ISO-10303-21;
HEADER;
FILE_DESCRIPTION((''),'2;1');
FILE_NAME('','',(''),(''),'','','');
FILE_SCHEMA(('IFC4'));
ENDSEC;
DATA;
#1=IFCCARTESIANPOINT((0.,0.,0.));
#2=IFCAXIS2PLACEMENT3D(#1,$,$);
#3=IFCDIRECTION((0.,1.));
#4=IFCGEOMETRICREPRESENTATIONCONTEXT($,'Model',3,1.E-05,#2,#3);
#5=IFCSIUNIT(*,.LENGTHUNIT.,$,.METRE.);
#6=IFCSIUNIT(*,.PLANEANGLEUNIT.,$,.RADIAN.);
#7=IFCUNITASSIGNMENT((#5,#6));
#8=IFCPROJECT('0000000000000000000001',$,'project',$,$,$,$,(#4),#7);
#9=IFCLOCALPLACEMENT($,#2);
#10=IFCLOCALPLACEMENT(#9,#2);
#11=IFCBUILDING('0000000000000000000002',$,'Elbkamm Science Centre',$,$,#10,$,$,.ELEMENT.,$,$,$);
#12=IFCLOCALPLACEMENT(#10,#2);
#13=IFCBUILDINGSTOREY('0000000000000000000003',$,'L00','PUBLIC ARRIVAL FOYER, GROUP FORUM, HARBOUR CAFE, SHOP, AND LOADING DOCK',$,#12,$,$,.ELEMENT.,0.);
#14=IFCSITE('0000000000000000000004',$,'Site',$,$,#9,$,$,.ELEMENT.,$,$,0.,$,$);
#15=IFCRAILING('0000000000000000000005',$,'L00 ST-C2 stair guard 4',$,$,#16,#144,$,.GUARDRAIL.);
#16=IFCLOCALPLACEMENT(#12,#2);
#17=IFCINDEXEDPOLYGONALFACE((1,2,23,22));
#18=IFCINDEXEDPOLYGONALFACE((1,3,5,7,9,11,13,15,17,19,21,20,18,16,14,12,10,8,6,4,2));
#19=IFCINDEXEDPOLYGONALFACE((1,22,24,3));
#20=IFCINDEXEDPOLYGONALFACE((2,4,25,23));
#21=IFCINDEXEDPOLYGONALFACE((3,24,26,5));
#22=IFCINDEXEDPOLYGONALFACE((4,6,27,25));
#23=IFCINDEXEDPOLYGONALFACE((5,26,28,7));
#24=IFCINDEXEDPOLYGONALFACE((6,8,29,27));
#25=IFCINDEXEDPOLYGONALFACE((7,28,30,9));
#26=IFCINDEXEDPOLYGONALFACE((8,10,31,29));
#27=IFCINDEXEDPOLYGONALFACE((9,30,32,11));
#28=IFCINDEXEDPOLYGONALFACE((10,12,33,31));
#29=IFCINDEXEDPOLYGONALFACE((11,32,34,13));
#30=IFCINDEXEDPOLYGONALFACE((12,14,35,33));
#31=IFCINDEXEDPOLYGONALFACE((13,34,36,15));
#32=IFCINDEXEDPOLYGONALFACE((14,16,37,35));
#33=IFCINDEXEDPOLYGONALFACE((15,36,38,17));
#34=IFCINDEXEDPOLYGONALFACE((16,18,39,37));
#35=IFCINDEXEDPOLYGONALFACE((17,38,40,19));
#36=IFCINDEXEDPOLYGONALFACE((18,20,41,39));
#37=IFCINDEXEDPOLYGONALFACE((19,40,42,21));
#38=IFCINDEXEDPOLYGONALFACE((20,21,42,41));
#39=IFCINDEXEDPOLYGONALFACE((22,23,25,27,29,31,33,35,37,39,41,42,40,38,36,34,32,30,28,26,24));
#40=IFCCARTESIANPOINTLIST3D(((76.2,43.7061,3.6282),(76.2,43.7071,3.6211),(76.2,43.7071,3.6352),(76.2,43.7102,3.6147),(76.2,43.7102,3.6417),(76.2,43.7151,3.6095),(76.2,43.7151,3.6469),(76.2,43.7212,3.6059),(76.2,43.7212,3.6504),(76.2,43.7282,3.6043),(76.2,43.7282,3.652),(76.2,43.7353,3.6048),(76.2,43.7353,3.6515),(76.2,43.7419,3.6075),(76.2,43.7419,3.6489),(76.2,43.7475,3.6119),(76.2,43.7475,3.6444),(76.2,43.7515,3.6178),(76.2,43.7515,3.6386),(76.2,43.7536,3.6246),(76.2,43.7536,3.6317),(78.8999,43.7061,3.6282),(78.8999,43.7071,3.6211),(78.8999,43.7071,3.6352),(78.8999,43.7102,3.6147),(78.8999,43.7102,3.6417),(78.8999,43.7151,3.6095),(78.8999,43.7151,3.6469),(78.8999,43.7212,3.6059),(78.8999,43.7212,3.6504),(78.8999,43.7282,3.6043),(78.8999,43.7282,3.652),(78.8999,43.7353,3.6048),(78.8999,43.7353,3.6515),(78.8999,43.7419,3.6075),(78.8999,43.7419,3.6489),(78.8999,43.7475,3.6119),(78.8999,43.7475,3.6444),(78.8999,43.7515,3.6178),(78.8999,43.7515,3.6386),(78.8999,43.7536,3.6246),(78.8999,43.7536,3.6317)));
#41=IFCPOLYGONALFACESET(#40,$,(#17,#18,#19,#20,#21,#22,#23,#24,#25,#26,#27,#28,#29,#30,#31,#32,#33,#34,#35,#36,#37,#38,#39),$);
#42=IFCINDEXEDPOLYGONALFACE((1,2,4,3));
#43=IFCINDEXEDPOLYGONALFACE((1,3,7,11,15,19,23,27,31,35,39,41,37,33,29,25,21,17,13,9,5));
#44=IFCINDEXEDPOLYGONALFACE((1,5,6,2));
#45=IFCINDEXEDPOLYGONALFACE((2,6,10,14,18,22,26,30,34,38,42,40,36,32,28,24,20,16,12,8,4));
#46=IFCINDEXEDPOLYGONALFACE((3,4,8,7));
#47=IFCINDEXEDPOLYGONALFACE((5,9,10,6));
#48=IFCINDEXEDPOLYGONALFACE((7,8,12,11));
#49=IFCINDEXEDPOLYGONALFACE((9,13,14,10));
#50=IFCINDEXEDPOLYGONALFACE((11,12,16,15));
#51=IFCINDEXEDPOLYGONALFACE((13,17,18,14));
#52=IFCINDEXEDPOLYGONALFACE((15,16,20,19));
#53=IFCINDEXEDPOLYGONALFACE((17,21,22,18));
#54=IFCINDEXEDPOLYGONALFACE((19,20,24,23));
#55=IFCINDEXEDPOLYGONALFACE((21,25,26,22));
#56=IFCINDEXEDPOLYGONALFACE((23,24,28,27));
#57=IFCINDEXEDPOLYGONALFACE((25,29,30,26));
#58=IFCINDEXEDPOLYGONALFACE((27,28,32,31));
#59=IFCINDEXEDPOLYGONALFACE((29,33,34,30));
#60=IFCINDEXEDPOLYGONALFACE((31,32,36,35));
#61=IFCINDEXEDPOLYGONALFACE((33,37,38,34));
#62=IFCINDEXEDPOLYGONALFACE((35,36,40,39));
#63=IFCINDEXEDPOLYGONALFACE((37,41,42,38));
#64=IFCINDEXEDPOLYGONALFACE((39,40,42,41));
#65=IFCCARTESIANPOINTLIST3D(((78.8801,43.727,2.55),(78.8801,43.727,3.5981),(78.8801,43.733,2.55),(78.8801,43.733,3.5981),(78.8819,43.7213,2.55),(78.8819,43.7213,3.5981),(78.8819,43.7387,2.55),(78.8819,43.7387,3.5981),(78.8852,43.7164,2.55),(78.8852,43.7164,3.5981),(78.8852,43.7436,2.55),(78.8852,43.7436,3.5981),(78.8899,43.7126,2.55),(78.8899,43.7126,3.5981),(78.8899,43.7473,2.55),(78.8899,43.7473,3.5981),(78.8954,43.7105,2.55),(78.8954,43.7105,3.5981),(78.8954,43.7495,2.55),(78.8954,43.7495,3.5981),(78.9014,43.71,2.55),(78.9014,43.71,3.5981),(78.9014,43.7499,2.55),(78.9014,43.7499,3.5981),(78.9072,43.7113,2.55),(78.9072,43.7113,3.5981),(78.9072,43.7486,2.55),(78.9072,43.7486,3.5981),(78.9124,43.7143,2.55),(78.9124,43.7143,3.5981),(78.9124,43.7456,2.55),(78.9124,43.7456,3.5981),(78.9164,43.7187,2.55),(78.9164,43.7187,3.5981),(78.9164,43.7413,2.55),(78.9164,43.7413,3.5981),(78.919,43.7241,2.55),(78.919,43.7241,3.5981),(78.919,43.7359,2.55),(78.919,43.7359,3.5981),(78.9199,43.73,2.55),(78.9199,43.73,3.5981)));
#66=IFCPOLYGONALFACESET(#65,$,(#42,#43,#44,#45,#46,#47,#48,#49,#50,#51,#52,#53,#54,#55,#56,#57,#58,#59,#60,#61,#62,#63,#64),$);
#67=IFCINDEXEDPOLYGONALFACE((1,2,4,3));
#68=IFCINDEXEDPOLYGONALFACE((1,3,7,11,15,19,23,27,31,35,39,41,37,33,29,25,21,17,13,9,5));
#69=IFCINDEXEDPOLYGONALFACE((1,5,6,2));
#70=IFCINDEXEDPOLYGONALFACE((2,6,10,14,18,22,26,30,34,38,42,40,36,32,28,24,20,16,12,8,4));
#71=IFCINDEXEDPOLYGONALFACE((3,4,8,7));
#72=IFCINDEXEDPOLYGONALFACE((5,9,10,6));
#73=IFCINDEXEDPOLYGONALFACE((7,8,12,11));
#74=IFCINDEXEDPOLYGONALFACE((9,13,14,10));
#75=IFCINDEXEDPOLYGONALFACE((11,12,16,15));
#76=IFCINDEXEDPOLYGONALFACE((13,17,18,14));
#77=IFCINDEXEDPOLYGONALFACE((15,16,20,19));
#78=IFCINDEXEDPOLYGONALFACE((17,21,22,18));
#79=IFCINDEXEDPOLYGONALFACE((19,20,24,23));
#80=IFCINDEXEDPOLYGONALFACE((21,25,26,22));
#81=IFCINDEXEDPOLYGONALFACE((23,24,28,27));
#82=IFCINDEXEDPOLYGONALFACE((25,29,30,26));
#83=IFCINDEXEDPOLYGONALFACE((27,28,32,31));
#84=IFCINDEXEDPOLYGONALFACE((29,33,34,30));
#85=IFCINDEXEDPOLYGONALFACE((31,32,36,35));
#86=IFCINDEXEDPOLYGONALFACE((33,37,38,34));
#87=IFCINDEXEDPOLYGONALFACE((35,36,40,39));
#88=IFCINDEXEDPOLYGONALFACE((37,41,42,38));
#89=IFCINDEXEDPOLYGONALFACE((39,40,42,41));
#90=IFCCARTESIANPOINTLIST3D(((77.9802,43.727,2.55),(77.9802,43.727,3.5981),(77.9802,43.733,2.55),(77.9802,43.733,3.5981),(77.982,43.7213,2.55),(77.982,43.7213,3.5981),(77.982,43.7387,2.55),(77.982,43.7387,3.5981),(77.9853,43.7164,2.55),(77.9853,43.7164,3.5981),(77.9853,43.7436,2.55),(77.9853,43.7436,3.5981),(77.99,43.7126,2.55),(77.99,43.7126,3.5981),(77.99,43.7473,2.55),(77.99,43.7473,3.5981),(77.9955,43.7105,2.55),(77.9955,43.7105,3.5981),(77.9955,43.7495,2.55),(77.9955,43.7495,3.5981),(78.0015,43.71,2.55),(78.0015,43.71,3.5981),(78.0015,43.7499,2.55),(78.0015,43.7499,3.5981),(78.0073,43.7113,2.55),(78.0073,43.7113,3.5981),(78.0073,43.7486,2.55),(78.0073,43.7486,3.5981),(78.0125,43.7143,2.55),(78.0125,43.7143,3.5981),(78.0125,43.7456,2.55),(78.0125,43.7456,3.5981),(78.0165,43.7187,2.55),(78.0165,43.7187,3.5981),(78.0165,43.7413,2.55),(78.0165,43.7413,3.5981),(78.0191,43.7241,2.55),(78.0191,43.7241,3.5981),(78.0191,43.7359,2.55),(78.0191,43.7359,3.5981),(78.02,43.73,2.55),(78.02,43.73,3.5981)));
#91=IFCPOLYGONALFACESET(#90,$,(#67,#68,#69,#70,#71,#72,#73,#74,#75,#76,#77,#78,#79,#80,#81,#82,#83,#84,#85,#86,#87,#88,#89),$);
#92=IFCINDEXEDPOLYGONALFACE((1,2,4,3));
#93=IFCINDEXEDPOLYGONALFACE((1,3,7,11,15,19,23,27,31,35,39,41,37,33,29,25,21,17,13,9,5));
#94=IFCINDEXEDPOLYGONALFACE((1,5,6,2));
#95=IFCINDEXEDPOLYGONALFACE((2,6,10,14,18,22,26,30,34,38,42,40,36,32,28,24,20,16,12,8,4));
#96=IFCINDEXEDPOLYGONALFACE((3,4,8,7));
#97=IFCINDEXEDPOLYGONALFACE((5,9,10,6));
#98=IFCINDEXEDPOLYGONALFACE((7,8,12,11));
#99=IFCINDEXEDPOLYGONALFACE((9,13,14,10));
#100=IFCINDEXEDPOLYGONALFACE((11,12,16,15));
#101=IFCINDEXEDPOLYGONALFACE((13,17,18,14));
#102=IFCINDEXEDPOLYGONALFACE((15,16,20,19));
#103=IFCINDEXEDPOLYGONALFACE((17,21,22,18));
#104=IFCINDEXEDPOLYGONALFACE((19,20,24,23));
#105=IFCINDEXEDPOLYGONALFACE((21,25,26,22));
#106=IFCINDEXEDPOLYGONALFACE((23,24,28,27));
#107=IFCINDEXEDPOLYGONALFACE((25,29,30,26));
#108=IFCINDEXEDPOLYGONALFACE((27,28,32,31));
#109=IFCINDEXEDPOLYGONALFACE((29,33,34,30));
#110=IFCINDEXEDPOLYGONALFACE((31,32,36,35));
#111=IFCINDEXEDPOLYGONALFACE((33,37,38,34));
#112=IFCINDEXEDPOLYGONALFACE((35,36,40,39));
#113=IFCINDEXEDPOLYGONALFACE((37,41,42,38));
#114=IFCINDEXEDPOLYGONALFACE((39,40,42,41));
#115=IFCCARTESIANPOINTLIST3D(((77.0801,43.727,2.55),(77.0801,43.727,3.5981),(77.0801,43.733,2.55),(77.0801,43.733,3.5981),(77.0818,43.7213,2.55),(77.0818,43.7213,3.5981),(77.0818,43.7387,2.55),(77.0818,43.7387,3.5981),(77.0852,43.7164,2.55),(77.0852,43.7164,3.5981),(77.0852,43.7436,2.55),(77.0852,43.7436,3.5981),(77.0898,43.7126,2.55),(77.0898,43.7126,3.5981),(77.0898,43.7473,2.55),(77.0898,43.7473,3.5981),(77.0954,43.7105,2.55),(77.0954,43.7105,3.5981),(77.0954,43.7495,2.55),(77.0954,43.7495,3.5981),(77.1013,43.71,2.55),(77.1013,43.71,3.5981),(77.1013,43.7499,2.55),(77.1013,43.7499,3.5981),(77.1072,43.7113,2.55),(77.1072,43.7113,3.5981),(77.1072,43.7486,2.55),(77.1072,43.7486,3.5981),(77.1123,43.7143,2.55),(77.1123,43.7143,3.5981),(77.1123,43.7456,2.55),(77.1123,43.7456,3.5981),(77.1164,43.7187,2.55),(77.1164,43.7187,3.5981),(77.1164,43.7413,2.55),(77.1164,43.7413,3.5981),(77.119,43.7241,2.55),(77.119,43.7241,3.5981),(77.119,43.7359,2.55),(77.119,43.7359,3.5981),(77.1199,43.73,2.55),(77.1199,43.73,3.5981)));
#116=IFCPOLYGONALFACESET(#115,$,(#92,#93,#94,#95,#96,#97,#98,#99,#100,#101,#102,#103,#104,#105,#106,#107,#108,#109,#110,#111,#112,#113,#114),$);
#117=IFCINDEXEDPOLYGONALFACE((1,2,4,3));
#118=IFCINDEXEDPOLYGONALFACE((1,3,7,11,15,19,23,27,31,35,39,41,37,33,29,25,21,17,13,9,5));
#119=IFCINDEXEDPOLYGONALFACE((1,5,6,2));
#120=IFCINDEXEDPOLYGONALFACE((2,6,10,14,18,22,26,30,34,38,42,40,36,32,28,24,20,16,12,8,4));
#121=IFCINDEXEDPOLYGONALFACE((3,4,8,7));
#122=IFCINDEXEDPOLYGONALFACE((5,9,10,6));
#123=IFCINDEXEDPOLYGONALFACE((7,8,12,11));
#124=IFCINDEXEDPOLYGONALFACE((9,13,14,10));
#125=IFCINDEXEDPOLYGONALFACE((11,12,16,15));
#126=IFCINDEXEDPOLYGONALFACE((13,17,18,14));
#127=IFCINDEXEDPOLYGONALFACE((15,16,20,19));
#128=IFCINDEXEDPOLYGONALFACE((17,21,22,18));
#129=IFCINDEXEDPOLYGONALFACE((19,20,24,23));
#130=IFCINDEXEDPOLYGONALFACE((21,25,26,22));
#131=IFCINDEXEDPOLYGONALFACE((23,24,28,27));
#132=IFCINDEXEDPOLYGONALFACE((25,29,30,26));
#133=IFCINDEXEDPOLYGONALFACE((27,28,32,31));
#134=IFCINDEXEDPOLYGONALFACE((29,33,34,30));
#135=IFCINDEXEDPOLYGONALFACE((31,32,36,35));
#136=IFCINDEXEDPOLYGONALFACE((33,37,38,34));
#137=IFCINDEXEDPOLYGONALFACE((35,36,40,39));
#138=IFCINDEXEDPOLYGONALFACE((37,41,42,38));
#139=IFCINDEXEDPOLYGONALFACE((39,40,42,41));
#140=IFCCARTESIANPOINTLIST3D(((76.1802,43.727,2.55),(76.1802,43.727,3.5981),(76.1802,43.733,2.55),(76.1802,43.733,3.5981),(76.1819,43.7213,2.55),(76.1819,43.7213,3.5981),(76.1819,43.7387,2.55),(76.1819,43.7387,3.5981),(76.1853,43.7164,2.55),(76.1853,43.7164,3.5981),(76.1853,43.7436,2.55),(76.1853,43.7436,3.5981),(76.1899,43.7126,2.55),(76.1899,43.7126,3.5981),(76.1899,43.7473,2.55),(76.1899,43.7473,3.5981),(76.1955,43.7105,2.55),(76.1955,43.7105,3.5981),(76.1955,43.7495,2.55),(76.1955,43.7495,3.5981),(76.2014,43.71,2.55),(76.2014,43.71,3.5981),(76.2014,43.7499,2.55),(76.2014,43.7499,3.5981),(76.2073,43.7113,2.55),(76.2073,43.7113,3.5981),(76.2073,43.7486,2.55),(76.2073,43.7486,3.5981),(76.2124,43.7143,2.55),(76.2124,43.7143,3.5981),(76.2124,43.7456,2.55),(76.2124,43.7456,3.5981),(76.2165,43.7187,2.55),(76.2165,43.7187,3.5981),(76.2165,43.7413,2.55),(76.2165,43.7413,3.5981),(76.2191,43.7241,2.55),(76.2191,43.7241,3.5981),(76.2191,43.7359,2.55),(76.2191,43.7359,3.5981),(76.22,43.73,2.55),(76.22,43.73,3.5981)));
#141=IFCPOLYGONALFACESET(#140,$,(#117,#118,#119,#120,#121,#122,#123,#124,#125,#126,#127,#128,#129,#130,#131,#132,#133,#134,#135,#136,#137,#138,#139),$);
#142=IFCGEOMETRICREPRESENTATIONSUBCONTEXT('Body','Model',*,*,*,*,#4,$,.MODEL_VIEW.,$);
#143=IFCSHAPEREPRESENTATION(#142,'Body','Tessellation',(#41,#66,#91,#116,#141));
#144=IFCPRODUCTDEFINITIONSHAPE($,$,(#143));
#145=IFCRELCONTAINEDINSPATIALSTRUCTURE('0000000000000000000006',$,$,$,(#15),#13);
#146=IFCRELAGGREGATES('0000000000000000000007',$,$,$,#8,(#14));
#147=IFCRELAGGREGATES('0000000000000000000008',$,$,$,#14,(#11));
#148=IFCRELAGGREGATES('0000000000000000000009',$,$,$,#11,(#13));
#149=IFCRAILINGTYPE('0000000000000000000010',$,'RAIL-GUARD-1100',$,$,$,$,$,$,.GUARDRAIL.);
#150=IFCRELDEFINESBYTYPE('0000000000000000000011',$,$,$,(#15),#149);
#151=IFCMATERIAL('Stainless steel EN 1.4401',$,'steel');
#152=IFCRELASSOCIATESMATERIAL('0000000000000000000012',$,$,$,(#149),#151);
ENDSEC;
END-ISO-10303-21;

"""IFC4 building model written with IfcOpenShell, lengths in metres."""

from ifc_helpers import new_model, si_unit, direction, frame, origin, origin_2d, place, context, subcontext, project, spatial, circle, extrude, material, type_object, element, save


model = new_model("IFC4")

# Units and contexts
model_context = context("Model", 3, precision=1e-05, world=origin(), true_north=direction((0.0, 1.0)))
body_context = subcontext(model_context, "Body", "Model", "MODEL_VIEW")
ifc_project = project(units=[si_unit("LENGTHUNIT", "METRE"), si_unit("PLANEANGLEUNIT", "RADIAN")], contexts=[model_context])

# Site, building, storey
site_placement = place(None, origin())
site = spatial("IfcSite", under=ifc_project, at=site_placement, Name="Site", CompositionType="ELEMENT", RefElevation=0.0)
building_placement = place(site_placement, origin())
building = spatial("IfcBuilding", under=site, at=building_placement, Name="Elbkamm Science Centre", CompositionType="ELEMENT")
storey_placement = place(building_placement, origin())
storey = spatial("IfcBuildingStorey", under=building, at=storey_placement, Name="L00", Description="PUBLIC ARRIVAL FOYER, GROUP FORUM, HARBOUR CAFE, SHOP, AND LOADING DOCK", CompositionType="ELEMENT", Elevation=0.0)

# Railing
ifc_material_1 = material(Name="Stainless steel EN 1.4401", Category="steel")
railing_type_1 = type_object("IfcRailingType", Name="RAIL-GUARD-1100", PredefinedType="GUARDRAIL", material=ifc_material_1)
for number, where, name in (
    (1, (78.8999, 43.73, 2.55), "L00 ST-C2 stair guard 4"),
):
    element("IfcRailing", number, at=place(storey_placement, frame(where)), inside=storey, type_object=railing_type_1, Name=name, PredefinedType="GUARDRAIL", context=body_context, shape_type="SweptSolid", body=[
        extrude(circle(Radius=0.0239, at=origin_2d()), frame((0.0, 0.0, 1.0781), z_axis=(-1.0, 0.0, 0.0), x_axis=(0.0, -1.0, 0.0)), (0.0, 0.0, 1.0), 2.7),
        extrude(circle(Radius=0.02, at=origin_2d()), origin(), (0.0, 0.0, 1.0), 1.0481),
        extrude(circle(Radius=0.02, at=origin_2d()), frame((-0.8999, 0.0, 0.0)), (0.0, 0.0, 1.0), 1.0481),
        extrude(circle(Radius=0.02, at=origin_2d()), frame((-1.8, 0.0, 0.0)), (0.0, 0.0, 1.0), 1.0481),
        extrude(circle(Radius=0.02, at=origin_2d()), frame((-2.7, 0.0, 0.0)), (0.0, 0.0, 1.0), 1.0481),
    ])

save(model, "model.ifc")
